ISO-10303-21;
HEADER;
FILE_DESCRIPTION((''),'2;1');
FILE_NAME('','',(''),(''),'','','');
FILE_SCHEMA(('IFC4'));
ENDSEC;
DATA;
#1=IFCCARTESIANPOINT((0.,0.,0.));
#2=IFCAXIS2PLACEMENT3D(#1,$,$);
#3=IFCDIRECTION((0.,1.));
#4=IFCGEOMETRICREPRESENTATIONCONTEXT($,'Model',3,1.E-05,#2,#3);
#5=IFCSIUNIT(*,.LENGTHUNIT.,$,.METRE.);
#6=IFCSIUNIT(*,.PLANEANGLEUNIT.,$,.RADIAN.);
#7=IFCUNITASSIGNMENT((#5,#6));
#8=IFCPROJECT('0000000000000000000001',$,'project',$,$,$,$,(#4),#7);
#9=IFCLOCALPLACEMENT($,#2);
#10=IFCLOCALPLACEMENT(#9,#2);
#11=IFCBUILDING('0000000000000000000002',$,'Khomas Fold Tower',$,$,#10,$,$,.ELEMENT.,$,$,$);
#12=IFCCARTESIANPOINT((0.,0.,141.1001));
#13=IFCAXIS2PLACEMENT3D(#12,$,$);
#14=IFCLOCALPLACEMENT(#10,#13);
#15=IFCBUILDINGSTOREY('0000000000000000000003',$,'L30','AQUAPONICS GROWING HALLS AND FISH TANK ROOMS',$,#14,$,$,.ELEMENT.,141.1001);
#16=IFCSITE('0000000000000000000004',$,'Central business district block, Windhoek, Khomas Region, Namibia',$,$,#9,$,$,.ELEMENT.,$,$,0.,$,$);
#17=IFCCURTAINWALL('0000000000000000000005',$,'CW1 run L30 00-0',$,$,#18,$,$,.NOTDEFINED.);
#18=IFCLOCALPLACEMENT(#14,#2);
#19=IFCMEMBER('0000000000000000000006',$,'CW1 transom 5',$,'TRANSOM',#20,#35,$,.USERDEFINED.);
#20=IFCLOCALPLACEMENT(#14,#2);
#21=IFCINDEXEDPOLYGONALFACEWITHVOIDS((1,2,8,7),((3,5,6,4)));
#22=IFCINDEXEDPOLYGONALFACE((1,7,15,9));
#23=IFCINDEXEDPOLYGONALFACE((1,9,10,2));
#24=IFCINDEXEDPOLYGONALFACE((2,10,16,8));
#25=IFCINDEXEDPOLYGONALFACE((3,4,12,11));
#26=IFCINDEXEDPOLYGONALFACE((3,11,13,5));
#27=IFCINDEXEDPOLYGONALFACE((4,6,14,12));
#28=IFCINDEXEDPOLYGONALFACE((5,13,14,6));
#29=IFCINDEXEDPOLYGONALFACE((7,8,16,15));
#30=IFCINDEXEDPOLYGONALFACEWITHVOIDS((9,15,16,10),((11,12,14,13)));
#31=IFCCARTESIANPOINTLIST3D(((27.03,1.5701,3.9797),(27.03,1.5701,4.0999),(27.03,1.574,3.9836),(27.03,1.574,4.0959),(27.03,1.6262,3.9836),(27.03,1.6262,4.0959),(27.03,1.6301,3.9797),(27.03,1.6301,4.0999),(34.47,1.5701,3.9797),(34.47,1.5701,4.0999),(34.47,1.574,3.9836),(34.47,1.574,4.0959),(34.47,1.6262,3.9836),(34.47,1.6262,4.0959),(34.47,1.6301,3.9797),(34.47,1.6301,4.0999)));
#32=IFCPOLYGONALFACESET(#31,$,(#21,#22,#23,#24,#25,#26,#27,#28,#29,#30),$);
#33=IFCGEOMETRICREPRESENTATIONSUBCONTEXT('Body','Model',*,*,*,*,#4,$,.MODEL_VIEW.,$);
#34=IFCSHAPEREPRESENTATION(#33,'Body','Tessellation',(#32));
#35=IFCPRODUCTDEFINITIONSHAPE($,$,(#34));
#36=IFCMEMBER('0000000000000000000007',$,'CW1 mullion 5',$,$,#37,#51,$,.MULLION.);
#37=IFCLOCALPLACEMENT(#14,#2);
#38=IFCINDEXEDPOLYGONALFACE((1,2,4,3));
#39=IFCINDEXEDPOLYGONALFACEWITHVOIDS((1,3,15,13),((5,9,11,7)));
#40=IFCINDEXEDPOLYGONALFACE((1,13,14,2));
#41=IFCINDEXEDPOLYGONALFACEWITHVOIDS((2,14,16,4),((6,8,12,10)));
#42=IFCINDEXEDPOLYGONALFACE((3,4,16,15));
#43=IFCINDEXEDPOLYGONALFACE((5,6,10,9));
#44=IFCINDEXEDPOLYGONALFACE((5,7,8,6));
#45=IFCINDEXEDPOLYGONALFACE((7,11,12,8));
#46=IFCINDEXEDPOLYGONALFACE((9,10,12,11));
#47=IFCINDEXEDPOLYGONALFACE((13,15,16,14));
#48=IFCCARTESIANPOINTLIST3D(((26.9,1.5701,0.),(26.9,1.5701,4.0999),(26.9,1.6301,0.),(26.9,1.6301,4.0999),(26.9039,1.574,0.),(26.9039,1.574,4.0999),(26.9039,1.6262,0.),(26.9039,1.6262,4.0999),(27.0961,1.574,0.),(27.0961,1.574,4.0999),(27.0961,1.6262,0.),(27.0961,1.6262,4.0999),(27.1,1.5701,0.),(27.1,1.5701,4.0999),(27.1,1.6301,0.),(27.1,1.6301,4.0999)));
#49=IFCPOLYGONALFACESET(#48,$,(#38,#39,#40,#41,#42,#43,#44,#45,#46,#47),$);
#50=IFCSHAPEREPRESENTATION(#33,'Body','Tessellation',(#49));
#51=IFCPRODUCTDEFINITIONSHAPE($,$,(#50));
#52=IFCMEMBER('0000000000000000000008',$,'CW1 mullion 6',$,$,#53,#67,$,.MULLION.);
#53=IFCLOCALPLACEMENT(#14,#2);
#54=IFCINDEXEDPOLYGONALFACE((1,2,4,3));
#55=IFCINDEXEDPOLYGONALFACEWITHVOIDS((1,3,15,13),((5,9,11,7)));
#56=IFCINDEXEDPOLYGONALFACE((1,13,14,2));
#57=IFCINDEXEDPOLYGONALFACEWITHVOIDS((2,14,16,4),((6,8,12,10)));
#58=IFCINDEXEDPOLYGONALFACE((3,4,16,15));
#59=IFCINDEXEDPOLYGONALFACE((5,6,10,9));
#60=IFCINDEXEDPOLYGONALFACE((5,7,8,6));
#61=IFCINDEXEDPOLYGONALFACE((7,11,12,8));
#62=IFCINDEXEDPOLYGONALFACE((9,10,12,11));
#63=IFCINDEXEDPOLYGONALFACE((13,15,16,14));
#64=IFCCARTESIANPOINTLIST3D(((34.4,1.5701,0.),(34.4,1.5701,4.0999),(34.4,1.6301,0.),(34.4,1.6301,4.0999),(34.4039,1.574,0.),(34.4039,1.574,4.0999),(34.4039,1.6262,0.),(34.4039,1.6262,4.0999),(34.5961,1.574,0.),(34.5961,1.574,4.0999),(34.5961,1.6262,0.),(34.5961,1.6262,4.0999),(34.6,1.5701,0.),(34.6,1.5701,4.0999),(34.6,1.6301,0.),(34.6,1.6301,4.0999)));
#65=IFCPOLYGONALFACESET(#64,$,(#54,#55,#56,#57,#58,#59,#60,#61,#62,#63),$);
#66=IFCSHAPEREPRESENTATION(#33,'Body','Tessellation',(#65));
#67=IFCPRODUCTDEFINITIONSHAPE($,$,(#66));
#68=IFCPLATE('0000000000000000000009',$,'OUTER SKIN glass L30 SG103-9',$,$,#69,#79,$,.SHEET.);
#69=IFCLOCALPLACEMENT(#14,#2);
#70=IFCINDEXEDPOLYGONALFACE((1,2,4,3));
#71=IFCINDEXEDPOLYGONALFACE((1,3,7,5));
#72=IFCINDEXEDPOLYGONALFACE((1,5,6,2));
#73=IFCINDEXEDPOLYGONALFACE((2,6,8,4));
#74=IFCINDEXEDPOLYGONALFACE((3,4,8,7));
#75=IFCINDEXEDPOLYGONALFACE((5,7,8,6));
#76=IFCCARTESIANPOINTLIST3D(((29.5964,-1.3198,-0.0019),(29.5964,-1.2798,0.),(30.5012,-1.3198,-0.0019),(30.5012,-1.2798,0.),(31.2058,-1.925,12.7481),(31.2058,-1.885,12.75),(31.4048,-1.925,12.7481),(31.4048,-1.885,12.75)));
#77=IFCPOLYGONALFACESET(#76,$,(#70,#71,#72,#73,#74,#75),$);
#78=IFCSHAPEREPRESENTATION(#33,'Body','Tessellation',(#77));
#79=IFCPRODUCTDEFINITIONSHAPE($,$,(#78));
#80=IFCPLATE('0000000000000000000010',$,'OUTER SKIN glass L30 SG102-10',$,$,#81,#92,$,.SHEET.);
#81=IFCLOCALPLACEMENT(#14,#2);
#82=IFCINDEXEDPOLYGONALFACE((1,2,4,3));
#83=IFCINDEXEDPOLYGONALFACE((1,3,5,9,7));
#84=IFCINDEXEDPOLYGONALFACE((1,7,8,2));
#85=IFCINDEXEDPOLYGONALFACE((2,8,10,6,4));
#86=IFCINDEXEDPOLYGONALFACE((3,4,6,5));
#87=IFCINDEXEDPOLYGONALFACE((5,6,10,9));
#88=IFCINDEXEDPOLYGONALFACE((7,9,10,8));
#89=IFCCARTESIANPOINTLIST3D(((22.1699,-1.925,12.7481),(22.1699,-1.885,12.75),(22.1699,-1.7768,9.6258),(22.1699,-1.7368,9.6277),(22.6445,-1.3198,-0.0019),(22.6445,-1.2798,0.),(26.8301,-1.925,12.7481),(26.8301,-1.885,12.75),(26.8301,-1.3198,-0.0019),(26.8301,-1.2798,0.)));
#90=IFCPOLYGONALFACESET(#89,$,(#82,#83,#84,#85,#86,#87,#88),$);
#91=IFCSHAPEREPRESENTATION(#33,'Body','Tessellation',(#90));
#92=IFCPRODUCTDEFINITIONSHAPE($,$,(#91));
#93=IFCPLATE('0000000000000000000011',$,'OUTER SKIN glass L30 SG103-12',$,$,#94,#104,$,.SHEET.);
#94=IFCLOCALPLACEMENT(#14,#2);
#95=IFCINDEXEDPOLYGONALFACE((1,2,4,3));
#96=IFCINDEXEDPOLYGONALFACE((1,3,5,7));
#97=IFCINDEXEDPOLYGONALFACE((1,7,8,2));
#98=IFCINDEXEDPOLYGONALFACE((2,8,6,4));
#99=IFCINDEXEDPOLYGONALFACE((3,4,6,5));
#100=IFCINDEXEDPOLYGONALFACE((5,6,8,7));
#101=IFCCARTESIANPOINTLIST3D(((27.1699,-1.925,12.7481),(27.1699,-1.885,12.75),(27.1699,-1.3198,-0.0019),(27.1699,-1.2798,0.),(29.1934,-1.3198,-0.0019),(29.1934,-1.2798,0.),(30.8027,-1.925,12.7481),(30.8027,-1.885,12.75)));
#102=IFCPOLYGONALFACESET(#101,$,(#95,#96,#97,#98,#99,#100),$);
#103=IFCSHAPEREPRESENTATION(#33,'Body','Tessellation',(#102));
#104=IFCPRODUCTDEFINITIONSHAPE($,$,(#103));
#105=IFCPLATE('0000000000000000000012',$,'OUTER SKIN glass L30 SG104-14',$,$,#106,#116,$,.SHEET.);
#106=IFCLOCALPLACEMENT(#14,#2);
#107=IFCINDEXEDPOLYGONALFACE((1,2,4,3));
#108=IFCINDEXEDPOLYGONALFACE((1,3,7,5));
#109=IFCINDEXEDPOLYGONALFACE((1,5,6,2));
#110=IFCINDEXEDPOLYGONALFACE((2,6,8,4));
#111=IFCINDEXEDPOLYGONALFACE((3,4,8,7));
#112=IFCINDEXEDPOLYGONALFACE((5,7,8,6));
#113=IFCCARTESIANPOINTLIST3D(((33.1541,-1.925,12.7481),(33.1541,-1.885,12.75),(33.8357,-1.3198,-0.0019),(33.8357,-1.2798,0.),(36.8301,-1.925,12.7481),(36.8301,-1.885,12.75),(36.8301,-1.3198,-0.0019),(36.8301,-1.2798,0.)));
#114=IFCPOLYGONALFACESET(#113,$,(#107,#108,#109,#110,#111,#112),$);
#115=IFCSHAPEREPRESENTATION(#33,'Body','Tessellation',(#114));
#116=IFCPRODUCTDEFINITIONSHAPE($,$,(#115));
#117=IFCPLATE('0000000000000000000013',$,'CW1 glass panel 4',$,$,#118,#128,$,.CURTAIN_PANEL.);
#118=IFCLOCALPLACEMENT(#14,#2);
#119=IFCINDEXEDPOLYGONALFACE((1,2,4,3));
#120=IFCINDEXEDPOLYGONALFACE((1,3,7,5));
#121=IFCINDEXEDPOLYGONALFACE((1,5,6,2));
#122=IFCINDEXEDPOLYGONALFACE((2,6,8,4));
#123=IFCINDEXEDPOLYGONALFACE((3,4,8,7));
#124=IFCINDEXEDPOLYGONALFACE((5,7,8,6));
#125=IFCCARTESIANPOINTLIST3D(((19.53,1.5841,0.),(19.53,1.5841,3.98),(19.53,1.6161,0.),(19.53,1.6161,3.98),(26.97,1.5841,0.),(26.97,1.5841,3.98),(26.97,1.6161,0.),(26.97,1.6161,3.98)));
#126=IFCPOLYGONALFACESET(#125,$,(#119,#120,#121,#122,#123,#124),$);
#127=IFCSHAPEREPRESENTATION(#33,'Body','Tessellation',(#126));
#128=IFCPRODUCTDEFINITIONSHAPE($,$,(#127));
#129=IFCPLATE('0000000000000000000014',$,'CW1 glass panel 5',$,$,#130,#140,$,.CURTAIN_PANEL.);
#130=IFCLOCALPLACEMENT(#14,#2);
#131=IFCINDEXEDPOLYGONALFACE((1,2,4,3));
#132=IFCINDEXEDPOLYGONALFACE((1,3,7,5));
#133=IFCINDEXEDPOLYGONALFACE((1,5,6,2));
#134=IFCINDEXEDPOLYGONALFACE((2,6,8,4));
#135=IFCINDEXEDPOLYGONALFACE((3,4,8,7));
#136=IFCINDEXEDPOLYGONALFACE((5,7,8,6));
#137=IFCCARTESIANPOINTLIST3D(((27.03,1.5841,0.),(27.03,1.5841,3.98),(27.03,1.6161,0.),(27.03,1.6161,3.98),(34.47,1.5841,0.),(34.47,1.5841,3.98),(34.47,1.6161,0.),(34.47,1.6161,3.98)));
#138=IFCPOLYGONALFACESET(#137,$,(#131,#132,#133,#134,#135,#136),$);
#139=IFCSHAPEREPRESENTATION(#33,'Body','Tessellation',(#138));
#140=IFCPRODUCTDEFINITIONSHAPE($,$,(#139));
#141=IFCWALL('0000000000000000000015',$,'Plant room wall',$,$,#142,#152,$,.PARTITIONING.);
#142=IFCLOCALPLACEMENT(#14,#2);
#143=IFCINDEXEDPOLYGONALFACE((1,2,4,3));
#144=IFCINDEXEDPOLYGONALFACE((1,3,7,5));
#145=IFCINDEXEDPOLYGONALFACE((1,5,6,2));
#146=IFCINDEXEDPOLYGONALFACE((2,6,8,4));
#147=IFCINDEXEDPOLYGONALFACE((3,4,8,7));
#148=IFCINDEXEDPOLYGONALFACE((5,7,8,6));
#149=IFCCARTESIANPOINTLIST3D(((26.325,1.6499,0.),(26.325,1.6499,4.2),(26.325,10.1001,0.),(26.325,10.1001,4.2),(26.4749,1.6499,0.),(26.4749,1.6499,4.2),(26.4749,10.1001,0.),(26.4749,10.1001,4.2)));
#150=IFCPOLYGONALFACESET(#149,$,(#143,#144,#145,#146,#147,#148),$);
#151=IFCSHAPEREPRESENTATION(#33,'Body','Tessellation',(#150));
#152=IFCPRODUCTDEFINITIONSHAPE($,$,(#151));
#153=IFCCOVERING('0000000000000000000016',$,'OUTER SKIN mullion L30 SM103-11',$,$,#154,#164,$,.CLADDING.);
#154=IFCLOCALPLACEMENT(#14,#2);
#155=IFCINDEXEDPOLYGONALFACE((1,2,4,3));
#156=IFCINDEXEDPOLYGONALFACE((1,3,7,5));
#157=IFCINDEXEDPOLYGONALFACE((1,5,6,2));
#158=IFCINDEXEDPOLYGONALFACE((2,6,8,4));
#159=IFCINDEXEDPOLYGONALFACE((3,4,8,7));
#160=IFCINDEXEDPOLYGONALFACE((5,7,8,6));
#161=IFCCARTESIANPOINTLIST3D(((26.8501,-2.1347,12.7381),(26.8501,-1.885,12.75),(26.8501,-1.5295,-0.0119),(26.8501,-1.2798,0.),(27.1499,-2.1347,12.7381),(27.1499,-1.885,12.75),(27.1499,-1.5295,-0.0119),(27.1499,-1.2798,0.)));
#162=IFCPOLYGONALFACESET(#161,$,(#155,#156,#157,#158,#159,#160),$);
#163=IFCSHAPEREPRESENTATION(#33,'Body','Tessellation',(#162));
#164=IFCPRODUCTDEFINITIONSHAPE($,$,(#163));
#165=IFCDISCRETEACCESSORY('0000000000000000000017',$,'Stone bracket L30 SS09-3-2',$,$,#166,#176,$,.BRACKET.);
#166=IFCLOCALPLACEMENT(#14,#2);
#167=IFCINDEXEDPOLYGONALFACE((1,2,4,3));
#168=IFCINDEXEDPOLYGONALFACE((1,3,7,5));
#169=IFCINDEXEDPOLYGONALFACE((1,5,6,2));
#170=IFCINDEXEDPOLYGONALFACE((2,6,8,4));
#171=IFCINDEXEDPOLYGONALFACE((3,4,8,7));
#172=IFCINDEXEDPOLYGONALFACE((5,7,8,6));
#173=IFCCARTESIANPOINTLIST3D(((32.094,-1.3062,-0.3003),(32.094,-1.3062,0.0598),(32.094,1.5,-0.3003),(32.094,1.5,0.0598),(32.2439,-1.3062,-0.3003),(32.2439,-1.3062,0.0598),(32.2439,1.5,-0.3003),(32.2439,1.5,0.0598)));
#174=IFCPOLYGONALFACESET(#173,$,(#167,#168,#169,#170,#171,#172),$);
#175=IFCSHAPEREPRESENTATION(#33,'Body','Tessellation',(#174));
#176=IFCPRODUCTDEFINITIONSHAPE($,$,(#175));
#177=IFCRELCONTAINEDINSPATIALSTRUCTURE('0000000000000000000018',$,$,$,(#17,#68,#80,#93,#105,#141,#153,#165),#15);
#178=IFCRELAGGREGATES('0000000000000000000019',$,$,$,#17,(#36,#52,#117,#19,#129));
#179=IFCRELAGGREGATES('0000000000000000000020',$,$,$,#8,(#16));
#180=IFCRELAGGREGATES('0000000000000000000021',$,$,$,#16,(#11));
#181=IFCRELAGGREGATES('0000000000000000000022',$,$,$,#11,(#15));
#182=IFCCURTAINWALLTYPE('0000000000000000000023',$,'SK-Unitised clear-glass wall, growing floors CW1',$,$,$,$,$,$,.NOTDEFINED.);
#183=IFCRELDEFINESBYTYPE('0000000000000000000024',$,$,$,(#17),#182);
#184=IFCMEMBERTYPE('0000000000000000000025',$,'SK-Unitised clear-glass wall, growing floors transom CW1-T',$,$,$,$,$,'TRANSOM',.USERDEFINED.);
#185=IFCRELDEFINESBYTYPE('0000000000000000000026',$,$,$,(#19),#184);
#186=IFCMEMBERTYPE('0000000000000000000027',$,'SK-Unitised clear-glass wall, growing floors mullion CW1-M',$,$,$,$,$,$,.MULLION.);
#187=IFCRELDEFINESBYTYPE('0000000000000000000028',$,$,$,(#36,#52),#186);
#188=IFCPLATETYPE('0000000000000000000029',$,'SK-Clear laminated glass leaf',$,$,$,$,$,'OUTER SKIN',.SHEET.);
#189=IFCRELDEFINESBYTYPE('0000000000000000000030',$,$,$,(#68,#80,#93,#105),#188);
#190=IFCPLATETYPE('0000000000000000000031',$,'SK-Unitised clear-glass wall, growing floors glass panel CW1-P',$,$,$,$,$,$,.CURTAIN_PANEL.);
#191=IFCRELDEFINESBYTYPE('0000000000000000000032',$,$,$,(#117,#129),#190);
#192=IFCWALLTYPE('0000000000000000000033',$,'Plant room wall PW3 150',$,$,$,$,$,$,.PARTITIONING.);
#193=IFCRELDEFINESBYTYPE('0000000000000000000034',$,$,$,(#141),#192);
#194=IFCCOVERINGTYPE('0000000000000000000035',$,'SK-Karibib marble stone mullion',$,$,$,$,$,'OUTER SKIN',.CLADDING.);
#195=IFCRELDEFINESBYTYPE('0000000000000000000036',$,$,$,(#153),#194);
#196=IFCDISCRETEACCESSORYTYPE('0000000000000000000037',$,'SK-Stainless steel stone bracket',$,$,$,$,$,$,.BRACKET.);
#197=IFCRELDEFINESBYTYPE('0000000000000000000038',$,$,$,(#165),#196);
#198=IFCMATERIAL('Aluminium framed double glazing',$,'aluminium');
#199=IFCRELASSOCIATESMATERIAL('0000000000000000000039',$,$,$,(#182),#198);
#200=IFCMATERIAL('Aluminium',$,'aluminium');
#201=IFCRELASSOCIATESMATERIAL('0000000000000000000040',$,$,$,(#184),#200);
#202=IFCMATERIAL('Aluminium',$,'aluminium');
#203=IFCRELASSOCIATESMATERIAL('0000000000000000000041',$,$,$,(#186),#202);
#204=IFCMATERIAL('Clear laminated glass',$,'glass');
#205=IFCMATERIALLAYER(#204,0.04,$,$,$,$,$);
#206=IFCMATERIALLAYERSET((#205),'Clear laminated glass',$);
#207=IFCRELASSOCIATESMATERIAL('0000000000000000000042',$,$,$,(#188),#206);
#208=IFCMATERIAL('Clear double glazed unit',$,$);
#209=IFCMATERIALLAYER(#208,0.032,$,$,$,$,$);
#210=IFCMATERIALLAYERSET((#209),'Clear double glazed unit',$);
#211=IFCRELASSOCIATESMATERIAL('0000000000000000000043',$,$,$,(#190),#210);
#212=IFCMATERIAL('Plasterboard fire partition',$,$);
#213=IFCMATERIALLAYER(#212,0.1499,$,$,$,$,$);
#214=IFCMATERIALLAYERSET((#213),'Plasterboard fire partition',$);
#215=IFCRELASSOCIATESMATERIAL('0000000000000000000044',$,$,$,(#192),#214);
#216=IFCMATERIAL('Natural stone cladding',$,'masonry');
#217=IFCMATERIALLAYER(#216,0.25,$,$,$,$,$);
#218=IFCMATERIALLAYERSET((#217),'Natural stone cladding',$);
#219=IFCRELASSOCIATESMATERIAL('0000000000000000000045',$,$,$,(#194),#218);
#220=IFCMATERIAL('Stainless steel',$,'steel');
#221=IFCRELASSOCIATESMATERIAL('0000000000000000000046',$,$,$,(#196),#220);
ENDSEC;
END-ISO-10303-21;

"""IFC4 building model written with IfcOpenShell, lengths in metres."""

from ifc_helpers import new_model, si_unit, direction, frame, frame_2d, origin, origin_2d, place, context, subcontext, project, spatial, polyline, rectangle, hollow_rectangle, outline, extrude, source, transform, mapped, material, layer, layer_set, material_profile, profile_set, type_object, element, aggregate, save


model = new_model("IFC4")

# Units and contexts
model_context = context("Model", 3, precision=1e-05, world=origin(), true_north=direction((0.0, 1.0)))
body_context = subcontext(model_context, "Body", "Model", "MODEL_VIEW")
ifc_project = project(units=[si_unit("LENGTHUNIT", "METRE"), si_unit("PLANEANGLEUNIT", "RADIAN")], contexts=[model_context])

# Site, building, storey
site_placement = place(None, origin())
site = spatial("IfcSite", under=ifc_project, at=site_placement, Name="Central business district block, Windhoek, Khomas Region, Namibia", CompositionType="ELEMENT", RefElevation=0.0)
building_placement = place(site_placement, origin())
building = spatial("IfcBuilding", under=site, at=building_placement, Name="Khomas Fold Tower", CompositionType="ELEMENT")
storey_placement = place(building_placement, frame((0.0, 0.0, 141.1001)))
storey = spatial("IfcBuildingStorey", under=building, at=storey_placement, Name="L30", Description="AQUAPONICS GROWING HALLS AND FISH TANK ROOMS", CompositionType="ELEMENT", Elevation=141.1001)

# Curtain wall, members
ifc_material_1 = material(Name="Aluminium framed double glazing", Category="aluminium")
curtain_wall_type = type_object("IfcCurtainWallType", Name="SK-Unitised clear-glass wall, growing floors CW1", PredefinedType="NOTDEFINED", material=ifc_material_1)
curtain_wall_placement = place(storey_placement, origin())
curtain_wall = element("IfcCurtainWall", 1, at=curtain_wall_placement, inside=storey, type_object=curtain_wall_type, Name="CW1 run L30 00-0", PredefinedType="NOTDEFINED")
ifc_material_2 = material(Name="Aluminium", Category="aluminium")
ifc_material_profile_1 = material_profile(ifc_material_2, hollow_rectangle(XDim=0.0601, YDim=0.1201, WallThickness=0.0039, at=origin_2d()), Name="SK-Unitised clear-glass wall, growing floors transom CW1-T")
ifc_profile_set_1 = profile_set([ifc_material_profile_1], Name="Aluminium")
member_type_1 = type_object("IfcMemberType", Name="SK-Unitised clear-glass wall, growing floors transom CW1-T", ElementType="TRANSOM", PredefinedType="USERDEFINED", material=ifc_profile_set_1)
shared_shape_1 = source(origin(), body_context, "Body", "SweptSolid", [
    extrude(hollow_rectangle(XDim=0.0601, YDim=0.1201, WallThickness=0.0039, at=origin_2d()), origin(), (0.0, 0.0, 1.0), 7.4399),
])
member_1_placement = place(storey_placement, frame((27.03, 1.6001, 4.0398), z_axis=(1.0, 0.0, 0.0), x_axis=(0.0, 1.0, 0.0)))
member_1 = element("IfcMember", 2, at=member_1_placement, type_object=member_type_1, Name="CW1 transom 5", ObjectType="TRANSOM", PredefinedType="USERDEFINED", context=body_context, shape_type="MappedRepresentation", body=[
    mapped(shared_shape_1, transform((0.0, 0.0, 0.0))),
])
ifc_material_3 = material(Name="Aluminium", Category="aluminium")
ifc_material_profile_2 = material_profile(ifc_material_3, hollow_rectangle(XDim=0.0601, YDim=0.2, WallThickness=0.0039, at=origin_2d()), Name="SK-Unitised clear-glass wall, growing floors mullion CW1-M")
ifc_profile_set_2 = profile_set([ifc_material_profile_2], Name="Aluminium")
member_type_2 = type_object("IfcMemberType", Name="SK-Unitised clear-glass wall, growing floors mullion CW1-M", PredefinedType="MULLION", material=ifc_profile_set_2)
shared_shape_2 = source(origin(), body_context, "Body", "SweptSolid", [
    extrude(hollow_rectangle(XDim=0.0601, YDim=0.2, WallThickness=0.0039, at=origin_2d()), origin(), (0.0, 0.0, 1.0), 4.0999),
])
member_2_placement = place(storey_placement, frame((27.0, 1.6001, 0.0), z_axis=(0.0, 0.0, 1.0), x_axis=(0.0, 1.0, 0.0)))
member_2 = element("IfcMember", 3, at=member_2_placement, type_object=member_type_2, Name="CW1 mullion 5", PredefinedType="MULLION", context=body_context, shape_type="MappedRepresentation", body=[
    mapped(shared_shape_2, transform((0.0, 0.0, 0.0))),
])
member_3_placement = place(storey_placement, frame((34.5, 1.6001, 0.0), z_axis=(0.0, 0.0, 1.0), x_axis=(0.0, 1.0, 0.0)))
member_3 = element("IfcMember", 4, at=member_3_placement, type_object=member_type_2, Name="CW1 mullion 6", PredefinedType="MULLION", context=body_context, shape_type="MappedRepresentation", body=[
    mapped(shared_shape_2, transform((0.0, 0.0, 0.0))),
])

# Plates
ifc_material_4 = material(Name="Clear laminated glass", Category="glass")
ifc_layer_1 = layer(ifc_material_4, 0.04)
ifc_layer_set_1 = layer_set([ifc_layer_1], Name="Clear laminated glass")
plate_type_1 = type_object("IfcPlateType", Name="SK-Clear laminated glass leaf", ElementType="OUTER SKIN", PredefinedType="SHEET", material=ifc_layer_set_1)
plate_1_placement = place(storey_placement, frame((30.5012, -1.2798, 0.0), z_axis=(0.0, 0.998875, 0.047415), x_axis=(-1.0, 0.0, 0.0)))
element("IfcPlate", 5, at=plate_1_placement, inside=storey, type_object=plate_type_1, Name="OUTER SKIN glass L30 SG103-9", PredefinedType="SHEET", context=body_context, shape_type="SweptSolid", body=[
    extrude(outline(polyline([(0.0, 0.0), (0.9048, 0.0), (-0.7046, 12.7644), (-0.9036, 12.7644), (0.0, 0.0)])), origin(), (0.0, 0.0, -1.0), 0.04),
])
plate_2_placement = place(storey_placement, frame((22.6445, -1.2798, 0.0), z_axis=(-0.000002, 0.998875, 0.047415), x_axis=(-0.049181, -0.047358, 0.997666)))
element("IfcPlate", 6, at=plate_2_placement, inside=storey, type_object=plate_type_1, Name="OUTER SKIN glass L30 SG102-10", PredefinedType="SHEET", context=body_context, shape_type="SweptSolid", body=[
    extrude(outline(polyline([(0.0, 0.0), (9.6502, 0.0), (12.7723, 0.1537), (12.5431, 4.8082), (-0.2059, 4.1805), (0.0, 0.0)])), origin(), (0.0, 0.0, -1.0), 0.04),
])
plate_3_placement = place(storey_placement, frame((29.1934, -1.2798, 0.0), z_axis=(0.0, 0.998875, 0.047415), x_axis=(-1.0, 0.0, 0.0)))
element("IfcPlate", 7, at=plate_3_placement, inside=storey, type_object=plate_type_1, Name="OUTER SKIN glass L30 SG103-12", PredefinedType="SHEET", context=body_context, shape_type="SweptSolid", body=[
    extrude(outline(polyline([(0.0, 0.0), (2.0234, 0.0), (2.0234, 12.7644), (-1.6094, 12.7644), (0.0, 0.0)])), origin(), (0.0, 0.0, -1.0), 0.04),
])
plate_4_placement = place(storey_placement, frame((33.8357, -1.2798, 0.0), z_axis=(0.0, 0.998875, 0.047415), x_axis=(-0.053326, -0.047348, 0.997454)))
element("IfcPlate", 8, at=plate_4_placement, inside=storey, type_object=plate_type_1, Name="OUTER SKIN glass L30 SG104-14", PredefinedType="SHEET", context=body_context, shape_type="SweptSolid", body=[
    extrude(outline(polyline([(0.0, 0.0), (12.7825, 0.0), (12.5865, 3.6708), (-0.1597, 2.9901), (0.0, 0.0)])), origin(), (0.0, 0.0, -1.0), 0.04),
])

# Plates
ifc_material_5 = material(Name="Clear double glazed unit")
ifc_layer_2 = layer(ifc_material_5, 0.032)
ifc_layer_set_2 = layer_set([ifc_layer_2], Name="Clear double glazed unit")
plate_type_2 = type_object("IfcPlateType", Name="SK-Unitised clear-glass wall, growing floors glass panel CW1-P", PredefinedType="CURTAIN_PANEL", material=ifc_layer_set_2)
shared_shape_3 = source(origin(), body_context, "Body", "SweptSolid", [
    extrude(rectangle(XDim=7.4399, YDim=0.032, at=origin_2d()), origin(), (0.0, 0.0, 1.0), 3.98),
])
plate_5_placement = place(storey_placement, frame((23.25, 1.6001, 0.0), z_axis=(0.0, 0.0, 1.0), x_axis=(1.0, 0.0, 0.0)))
plate_5 = element("IfcPlate", 9, at=plate_5_placement, type_object=plate_type_2, Name="CW1 glass panel 4", PredefinedType="CURTAIN_PANEL", context=body_context, shape_type="MappedRepresentation", body=[
    mapped(shared_shape_3, transform((0.0, 0.0, 0.0))),
])
plate_6_placement = place(storey_placement, frame((30.75, 1.6001, 0.0), z_axis=(0.0, 0.0, 1.0), x_axis=(1.0, 0.0, 0.0)))
plate_6 = element("IfcPlate", 10, at=plate_6_placement, type_object=plate_type_2, Name="CW1 glass panel 5", PredefinedType="CURTAIN_PANEL", context=body_context, shape_type="MappedRepresentation", body=[
    mapped(shared_shape_3, transform((0.0, 0.0, 0.0))),
])
aggregate(curtain_wall, [member_2, member_3, plate_5, member_1, plate_6])

# Wall
ifc_material_6 = material(Name="Plasterboard fire partition")
ifc_layer_3 = layer(ifc_material_6, 0.1499)
ifc_layer_set_3 = layer_set([ifc_layer_3], Name="Plasterboard fire partition")
wall_type = type_object("IfcWallType", Name="Plant room wall PW3 150", PredefinedType="PARTITIONING", material=ifc_layer_set_3)
shared_shape_4 = source(origin(), body_context, "Body", "SweptSolid", [
    extrude(rectangle(XDim=8.4502, YDim=0.1499, at=frame_2d((4.2251, 0.0))), origin(), (0.0, 0.0, 1.0), 4.2),
])
wall_placement = place(storey_placement, frame((26.3999, 1.6499, 0.0), z_axis=(0.0, 0.0, 1.0), x_axis=(0.0, 1.0, 0.0)))
element("IfcWall", 11, at=wall_placement, inside=storey, type_object=wall_type, Name="Plant room wall", PredefinedType="PARTITIONING", context=body_context, shape_type="MappedRepresentation", body=[
    mapped(shared_shape_4, transform((0.0, 0.0, 0.0))),
])

# Covering
ifc_material_7 = material(Name="Natural stone cladding", Category="masonry")
ifc_layer_4 = layer(ifc_material_7, 0.25)
ifc_layer_set_4 = layer_set([ifc_layer_4], Name="Natural stone cladding")
covering_type = type_object("IfcCoveringType", Name="SK-Karibib marble stone mullion", ElementType="OUTER SKIN", PredefinedType="CLADDING", material=ifc_layer_set_4)
covering_placement = place(storey_placement, frame((26.8501, -1.2798, 0.0), z_axis=(0.0, 0.998875, 0.047415), x_axis=(0.0, -0.047415, 0.998875)))
element("IfcCovering", 12, at=covering_placement, inside=storey, type_object=covering_type, Name="OUTER SKIN mullion L30 SM103-11", PredefinedType="CLADDING", context=body_context, shape_type="SweptSolid", body=[
    extrude(outline(polyline([(0.0, 0.0), (12.7644, 0.0), (12.7644, 0.2998), (0.0, 0.2998), (0.0, 0.0)])), origin(), (0.0, 0.0, -1.0), 0.25),
])

# Discrete accessory
ifc_material_8 = material(Name="Stainless steel", Category="steel")
discrete_accessory_type = type_object("IfcDiscreteAccessoryType", Name="SK-Stainless steel stone bracket", PredefinedType="BRACKET", material=ifc_material_8)
shared_shape_5 = source(origin(), body_context, "Body", "SweptSolid", [
    extrude(rectangle(XDim=2.8062, YDim=0.1499, at=origin_2d()), origin(), (0.0, 0.0, 1.0), 0.3601),
])
for number, where, z_axis, x_axis, name in (
    (13, (32.1689, 0.0969, -0.3003), (0.0, 0.0, 1.0), (0.0, -1.0, 0.0), "Stone bracket L30 SS09-3-2"),
):
    element("IfcDiscreteAccessory", number, at=place(storey_placement, frame(where, z_axis=z_axis, x_axis=x_axis)), inside=storey, type_object=discrete_accessory_type, Name=name, PredefinedType="BRACKET", context=body_context, shape_type="MappedRepresentation", body=[
        mapped(shared_shape_5, transform((0.0, 0.0, 0.0))),
    ])

save(model, "model.ifc")
